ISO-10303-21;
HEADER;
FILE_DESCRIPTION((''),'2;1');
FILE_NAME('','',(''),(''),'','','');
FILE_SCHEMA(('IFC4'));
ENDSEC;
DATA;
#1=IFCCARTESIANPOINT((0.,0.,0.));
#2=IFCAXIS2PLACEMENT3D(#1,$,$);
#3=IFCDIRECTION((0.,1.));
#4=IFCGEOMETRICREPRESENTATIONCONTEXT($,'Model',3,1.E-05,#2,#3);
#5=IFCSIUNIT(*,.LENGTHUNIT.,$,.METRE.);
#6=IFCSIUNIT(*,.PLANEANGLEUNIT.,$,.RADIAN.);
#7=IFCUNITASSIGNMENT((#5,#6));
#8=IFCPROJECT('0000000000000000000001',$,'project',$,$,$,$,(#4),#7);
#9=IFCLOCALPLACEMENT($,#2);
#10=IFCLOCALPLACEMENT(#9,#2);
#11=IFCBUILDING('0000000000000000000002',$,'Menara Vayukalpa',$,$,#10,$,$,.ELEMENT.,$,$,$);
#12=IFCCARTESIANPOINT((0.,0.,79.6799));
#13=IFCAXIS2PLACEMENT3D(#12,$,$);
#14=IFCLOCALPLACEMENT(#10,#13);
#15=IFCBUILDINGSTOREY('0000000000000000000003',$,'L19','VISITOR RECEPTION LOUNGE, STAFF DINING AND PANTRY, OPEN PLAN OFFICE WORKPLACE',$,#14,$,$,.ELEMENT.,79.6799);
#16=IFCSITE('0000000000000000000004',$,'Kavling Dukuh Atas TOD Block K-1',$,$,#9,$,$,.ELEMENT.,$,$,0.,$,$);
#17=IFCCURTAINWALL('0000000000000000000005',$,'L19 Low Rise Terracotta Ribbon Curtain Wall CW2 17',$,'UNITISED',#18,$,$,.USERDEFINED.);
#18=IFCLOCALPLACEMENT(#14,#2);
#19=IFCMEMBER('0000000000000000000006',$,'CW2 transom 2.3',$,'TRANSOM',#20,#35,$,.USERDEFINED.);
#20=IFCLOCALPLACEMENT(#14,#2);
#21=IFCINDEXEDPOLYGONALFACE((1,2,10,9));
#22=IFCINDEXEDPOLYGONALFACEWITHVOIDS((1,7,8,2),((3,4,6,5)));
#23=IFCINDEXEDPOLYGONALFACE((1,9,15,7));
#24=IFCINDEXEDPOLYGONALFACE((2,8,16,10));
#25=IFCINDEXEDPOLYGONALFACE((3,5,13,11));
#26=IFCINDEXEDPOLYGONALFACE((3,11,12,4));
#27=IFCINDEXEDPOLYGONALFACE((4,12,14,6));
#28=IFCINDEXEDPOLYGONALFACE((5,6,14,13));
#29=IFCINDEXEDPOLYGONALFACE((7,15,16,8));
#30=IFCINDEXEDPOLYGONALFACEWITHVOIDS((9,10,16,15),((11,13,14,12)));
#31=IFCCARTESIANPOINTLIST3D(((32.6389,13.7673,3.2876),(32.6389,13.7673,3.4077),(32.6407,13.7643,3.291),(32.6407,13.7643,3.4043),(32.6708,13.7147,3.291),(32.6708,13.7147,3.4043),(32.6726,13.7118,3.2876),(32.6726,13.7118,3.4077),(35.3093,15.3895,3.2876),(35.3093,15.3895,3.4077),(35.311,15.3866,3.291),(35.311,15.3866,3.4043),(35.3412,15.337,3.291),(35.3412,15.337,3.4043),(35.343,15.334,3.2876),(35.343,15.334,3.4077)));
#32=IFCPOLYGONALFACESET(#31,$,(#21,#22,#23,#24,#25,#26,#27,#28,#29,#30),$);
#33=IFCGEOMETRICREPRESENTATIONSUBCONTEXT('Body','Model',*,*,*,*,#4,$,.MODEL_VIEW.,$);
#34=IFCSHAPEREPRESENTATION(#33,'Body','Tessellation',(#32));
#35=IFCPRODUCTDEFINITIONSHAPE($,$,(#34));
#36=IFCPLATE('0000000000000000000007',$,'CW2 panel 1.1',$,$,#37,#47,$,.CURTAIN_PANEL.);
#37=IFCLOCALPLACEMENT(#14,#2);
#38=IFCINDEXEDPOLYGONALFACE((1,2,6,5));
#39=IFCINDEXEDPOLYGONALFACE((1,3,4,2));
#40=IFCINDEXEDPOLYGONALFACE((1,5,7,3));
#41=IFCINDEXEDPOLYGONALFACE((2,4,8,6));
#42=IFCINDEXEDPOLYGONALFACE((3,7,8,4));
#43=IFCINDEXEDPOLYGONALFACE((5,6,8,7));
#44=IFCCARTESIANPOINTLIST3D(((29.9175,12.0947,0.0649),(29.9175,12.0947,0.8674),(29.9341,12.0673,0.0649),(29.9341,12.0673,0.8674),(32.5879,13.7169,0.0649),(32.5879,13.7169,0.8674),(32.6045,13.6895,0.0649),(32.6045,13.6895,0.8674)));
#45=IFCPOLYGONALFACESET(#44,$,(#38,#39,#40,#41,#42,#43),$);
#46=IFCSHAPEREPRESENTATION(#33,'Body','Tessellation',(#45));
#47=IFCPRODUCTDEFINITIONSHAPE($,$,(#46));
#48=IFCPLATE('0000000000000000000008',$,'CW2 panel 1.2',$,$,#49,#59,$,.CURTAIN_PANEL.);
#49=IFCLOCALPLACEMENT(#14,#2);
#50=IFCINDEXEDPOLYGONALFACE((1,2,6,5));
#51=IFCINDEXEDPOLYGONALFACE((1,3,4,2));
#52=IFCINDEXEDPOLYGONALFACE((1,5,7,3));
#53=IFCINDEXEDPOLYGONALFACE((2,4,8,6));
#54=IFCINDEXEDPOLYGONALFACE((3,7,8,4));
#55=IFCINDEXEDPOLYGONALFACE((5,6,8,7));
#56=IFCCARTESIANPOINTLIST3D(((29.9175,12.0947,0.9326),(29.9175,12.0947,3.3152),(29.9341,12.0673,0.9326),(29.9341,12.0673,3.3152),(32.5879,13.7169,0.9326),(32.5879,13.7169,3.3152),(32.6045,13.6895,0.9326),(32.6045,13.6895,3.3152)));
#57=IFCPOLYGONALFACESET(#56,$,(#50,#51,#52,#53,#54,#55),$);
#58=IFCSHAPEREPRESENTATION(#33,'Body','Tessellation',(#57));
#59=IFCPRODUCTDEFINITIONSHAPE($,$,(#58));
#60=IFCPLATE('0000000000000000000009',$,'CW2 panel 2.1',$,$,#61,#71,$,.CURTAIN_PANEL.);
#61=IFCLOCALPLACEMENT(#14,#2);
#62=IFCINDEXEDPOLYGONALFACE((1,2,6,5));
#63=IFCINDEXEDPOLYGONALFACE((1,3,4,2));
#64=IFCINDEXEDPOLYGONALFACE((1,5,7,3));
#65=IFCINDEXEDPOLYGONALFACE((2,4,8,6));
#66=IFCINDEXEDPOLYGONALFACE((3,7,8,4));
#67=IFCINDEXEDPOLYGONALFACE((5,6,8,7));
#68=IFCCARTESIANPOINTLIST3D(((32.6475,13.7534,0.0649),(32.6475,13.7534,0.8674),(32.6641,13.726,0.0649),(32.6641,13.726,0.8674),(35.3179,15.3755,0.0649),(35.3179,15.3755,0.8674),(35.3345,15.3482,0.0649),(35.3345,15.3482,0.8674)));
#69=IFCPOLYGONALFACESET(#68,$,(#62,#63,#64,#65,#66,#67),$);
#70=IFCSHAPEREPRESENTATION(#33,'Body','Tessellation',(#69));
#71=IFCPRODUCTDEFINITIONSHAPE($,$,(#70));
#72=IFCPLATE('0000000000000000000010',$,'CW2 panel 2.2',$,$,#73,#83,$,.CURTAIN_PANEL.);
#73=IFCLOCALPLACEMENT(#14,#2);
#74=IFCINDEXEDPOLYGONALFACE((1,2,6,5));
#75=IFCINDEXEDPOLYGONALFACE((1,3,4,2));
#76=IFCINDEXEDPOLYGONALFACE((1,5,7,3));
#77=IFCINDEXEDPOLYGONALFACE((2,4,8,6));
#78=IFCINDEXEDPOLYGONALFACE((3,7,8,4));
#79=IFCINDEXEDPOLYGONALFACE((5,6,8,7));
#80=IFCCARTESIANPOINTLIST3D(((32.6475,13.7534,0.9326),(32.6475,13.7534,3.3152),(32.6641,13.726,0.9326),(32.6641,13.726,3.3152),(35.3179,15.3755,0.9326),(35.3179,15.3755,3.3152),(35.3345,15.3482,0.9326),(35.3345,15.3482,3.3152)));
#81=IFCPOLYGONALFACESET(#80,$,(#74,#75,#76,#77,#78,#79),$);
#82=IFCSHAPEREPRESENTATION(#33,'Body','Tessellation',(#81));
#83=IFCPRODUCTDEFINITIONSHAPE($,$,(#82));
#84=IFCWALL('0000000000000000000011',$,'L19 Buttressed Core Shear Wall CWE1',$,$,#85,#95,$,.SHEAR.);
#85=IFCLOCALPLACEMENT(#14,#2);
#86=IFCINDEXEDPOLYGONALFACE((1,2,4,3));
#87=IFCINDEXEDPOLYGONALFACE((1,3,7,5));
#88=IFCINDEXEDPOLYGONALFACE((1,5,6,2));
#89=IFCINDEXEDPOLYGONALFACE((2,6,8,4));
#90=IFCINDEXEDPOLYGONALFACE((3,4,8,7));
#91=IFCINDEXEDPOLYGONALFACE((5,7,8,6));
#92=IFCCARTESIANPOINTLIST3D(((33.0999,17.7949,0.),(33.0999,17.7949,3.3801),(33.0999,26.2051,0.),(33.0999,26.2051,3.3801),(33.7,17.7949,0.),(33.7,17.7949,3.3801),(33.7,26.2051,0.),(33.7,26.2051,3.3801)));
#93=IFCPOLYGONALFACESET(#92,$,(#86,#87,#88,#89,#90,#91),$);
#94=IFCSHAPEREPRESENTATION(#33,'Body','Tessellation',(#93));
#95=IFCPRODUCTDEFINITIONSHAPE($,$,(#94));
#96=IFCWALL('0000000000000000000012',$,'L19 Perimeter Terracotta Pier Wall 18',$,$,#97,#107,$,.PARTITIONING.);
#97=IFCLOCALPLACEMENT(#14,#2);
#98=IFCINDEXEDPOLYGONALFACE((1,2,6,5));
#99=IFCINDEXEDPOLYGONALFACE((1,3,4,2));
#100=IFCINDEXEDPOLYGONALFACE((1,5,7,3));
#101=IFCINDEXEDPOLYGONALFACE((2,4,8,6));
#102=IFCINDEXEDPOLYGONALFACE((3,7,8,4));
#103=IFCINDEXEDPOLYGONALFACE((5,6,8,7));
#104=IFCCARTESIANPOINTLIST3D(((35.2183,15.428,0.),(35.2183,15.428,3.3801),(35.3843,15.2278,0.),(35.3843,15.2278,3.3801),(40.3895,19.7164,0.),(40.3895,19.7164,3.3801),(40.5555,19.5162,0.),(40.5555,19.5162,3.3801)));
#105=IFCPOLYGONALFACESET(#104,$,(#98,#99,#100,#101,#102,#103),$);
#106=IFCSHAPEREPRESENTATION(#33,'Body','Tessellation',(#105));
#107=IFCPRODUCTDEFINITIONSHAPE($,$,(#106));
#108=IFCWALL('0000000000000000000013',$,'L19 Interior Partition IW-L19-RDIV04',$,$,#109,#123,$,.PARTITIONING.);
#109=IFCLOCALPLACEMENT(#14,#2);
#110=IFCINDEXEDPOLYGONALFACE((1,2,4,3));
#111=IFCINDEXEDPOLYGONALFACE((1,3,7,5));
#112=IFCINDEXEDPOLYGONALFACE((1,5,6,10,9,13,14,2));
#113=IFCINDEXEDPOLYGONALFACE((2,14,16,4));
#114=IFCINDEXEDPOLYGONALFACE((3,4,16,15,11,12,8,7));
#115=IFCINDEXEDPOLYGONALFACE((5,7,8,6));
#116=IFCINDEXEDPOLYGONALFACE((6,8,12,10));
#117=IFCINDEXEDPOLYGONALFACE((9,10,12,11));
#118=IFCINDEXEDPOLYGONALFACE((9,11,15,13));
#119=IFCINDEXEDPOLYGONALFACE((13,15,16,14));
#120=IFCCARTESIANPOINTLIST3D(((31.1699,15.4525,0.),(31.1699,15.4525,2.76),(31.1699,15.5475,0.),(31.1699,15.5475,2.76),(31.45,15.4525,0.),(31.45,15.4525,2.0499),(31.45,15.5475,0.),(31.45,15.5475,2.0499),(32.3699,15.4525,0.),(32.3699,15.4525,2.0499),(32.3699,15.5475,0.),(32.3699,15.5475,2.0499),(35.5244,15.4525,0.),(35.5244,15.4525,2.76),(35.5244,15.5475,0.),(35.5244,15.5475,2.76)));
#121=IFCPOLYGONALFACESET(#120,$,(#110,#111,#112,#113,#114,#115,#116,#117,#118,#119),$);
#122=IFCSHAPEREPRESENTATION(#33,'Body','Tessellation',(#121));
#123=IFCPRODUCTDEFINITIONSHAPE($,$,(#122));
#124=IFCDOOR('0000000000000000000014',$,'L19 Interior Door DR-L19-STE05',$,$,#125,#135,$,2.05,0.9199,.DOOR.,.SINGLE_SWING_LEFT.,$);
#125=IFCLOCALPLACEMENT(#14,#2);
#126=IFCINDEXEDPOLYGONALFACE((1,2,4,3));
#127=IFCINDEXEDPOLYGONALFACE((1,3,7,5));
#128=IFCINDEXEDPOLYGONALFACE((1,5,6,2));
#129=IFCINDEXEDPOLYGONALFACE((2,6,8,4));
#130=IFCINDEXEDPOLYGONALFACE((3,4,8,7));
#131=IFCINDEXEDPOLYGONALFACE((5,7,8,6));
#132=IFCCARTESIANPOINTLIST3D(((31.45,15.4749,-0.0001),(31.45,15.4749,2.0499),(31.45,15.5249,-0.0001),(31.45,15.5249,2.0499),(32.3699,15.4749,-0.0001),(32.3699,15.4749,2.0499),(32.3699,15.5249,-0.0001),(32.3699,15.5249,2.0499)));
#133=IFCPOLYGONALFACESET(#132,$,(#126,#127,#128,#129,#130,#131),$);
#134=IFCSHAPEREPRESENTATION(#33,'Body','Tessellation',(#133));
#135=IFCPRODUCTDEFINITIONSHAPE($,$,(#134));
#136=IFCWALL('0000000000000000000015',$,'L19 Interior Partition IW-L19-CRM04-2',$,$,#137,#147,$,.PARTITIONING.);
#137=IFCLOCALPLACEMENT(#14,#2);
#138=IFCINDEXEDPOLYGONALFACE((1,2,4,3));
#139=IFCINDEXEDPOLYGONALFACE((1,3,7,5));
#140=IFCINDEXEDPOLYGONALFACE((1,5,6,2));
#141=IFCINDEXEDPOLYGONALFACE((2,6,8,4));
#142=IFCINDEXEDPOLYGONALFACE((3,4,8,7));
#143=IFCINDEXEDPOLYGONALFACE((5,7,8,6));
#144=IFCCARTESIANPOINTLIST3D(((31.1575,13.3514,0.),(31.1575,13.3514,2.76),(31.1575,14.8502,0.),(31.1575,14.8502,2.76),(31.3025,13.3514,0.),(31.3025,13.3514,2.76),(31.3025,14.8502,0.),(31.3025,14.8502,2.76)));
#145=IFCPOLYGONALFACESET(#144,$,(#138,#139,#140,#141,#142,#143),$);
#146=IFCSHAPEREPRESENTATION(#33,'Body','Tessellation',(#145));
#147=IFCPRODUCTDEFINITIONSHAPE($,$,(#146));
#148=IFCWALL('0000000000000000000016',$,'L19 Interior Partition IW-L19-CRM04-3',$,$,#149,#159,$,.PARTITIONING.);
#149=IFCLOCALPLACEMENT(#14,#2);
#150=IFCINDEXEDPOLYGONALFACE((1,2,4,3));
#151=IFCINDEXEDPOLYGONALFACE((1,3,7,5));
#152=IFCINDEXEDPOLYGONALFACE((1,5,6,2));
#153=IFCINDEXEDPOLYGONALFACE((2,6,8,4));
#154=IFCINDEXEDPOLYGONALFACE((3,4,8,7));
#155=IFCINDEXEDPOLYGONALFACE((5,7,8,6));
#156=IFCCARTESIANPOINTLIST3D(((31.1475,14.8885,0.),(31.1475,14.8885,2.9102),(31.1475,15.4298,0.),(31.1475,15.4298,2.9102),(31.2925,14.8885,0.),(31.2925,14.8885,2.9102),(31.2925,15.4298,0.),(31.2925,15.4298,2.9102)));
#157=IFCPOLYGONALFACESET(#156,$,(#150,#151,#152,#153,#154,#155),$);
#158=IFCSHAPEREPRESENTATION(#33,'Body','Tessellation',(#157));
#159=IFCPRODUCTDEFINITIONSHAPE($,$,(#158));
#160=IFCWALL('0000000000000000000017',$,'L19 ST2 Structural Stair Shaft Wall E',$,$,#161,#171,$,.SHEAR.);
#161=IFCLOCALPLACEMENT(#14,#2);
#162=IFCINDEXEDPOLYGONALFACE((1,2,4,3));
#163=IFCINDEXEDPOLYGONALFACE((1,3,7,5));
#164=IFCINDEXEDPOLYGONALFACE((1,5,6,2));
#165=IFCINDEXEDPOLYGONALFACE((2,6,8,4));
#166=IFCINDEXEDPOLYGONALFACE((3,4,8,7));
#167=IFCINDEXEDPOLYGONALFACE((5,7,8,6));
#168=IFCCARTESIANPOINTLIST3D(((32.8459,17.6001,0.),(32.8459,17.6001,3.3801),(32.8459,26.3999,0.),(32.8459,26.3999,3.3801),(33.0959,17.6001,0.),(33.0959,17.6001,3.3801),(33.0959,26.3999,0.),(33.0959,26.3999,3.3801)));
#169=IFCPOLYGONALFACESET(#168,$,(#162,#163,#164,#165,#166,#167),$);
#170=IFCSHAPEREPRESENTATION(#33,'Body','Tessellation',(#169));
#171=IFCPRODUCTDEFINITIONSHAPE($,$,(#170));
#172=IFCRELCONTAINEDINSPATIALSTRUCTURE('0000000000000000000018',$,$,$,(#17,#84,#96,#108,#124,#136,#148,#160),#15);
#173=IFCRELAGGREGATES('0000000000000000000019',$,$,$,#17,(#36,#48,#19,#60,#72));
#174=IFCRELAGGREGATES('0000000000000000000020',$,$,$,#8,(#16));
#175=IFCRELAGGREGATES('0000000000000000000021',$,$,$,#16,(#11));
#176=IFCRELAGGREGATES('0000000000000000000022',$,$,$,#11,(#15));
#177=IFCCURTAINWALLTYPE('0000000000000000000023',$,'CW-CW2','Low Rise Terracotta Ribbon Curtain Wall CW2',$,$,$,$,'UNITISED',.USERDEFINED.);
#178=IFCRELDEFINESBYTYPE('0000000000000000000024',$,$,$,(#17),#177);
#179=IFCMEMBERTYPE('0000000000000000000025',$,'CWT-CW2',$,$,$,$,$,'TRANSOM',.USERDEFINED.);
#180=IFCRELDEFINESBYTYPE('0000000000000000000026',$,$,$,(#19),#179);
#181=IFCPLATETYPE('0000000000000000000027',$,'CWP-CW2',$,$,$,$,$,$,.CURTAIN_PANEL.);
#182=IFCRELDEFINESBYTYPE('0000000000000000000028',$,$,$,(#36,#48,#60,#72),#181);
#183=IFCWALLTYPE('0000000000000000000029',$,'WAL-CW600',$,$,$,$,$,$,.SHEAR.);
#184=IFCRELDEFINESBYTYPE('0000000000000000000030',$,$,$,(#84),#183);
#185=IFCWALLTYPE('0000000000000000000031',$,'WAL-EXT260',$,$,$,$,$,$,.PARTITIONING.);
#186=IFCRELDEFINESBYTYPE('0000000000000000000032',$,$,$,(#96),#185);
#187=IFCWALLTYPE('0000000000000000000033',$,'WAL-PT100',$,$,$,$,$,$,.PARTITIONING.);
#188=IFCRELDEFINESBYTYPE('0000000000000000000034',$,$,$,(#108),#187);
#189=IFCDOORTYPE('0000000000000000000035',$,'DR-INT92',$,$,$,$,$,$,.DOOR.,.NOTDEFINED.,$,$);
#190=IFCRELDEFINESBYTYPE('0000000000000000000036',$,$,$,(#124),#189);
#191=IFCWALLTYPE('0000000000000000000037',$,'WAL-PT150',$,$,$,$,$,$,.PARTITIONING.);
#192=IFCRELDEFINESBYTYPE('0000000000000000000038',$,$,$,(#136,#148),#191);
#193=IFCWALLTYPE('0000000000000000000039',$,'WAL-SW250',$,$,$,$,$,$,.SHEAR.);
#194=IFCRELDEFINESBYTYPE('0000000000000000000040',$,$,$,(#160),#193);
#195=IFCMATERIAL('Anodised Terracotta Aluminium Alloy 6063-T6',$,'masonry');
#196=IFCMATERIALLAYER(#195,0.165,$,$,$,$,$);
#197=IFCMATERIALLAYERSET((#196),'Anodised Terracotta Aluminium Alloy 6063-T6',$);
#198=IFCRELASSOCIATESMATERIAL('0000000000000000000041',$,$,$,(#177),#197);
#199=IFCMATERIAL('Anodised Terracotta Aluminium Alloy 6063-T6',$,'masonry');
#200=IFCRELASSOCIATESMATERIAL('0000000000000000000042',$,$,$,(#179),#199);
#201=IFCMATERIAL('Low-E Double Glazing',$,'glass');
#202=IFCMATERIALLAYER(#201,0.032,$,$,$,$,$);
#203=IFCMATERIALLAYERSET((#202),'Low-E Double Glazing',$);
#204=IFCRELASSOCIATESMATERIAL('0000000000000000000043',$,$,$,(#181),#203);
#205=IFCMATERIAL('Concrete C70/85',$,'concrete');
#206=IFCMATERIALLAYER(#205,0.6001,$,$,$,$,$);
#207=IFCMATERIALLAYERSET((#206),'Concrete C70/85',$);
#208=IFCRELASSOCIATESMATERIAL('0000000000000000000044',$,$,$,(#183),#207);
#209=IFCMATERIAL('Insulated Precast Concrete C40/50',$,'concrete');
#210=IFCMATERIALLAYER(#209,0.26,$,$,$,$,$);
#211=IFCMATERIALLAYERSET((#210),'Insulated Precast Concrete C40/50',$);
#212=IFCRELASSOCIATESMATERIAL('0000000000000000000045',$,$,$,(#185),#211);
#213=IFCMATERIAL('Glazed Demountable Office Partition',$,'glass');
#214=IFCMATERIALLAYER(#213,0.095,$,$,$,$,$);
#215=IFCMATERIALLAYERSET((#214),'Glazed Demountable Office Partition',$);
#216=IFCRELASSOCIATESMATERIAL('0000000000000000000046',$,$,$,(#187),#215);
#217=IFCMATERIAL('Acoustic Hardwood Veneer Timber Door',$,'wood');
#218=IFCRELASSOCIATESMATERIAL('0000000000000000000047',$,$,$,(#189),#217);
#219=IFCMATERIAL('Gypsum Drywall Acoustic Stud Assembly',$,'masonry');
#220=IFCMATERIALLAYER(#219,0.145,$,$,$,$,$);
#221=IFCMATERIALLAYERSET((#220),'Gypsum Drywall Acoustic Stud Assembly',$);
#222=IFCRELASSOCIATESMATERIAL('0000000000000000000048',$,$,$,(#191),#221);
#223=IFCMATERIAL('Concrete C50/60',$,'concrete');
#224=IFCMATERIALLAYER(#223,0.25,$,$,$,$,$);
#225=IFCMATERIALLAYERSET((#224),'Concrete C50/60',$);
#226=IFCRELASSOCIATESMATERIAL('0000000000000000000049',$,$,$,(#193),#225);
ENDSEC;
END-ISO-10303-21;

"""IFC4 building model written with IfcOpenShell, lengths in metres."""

from ifc_helpers import new_model, si_unit, direction, frame, frame_2d, origin, origin_2d, place, context, subcontext, project, spatial, rectangle, hollow_rectangle, extrude, material, layer, layer_set, material_profile, profile_set, type_object, element, fill, aggregate, save


model = new_model("IFC4")

# Units and contexts
model_context = context("Model", 3, precision=1e-05, world=origin(), true_north=direction((0.0, 1.0)))
body_context = subcontext(model_context, "Body", "Model", "MODEL_VIEW")
ifc_project = project(units=[si_unit("LENGTHUNIT", "METRE"), si_unit("PLANEANGLEUNIT", "RADIAN")], contexts=[model_context])

# Site, building, storey
site_placement = place(None, origin())
site = spatial("IfcSite", under=ifc_project, at=site_placement, Name="Kavling Dukuh Atas TOD Block K-1", CompositionType="ELEMENT", RefElevation=0.0)
building_placement = place(site_placement, origin())
building = spatial("IfcBuilding", under=site, at=building_placement, Name="Menara Vayukalpa", CompositionType="ELEMENT")
storey_placement = place(building_placement, frame((0.0, 0.0, 79.6799)))
storey = spatial("IfcBuildingStorey", under=building, at=storey_placement, Name="L19", Description="VISITOR RECEPTION LOUNGE, STAFF DINING AND PANTRY, OPEN PLAN OFFICE WORKPLACE", CompositionType="ELEMENT", Elevation=79.6799)

# Curtain wall, member, plates
ifc_material_1 = material(Name="Anodised Terracotta Aluminium Alloy 6063-T6", Category="masonry")
ifc_layer_1 = layer(ifc_material_1, 0.165)
ifc_layer_set_1 = layer_set([ifc_layer_1], Name="Anodised Terracotta Aluminium Alloy 6063-T6")
curtain_wall_type = type_object("IfcCurtainWallType", Name="CW-CW2", Description="Low Rise Terracotta Ribbon Curtain Wall CW2", ElementType="UNITISED", PredefinedType="USERDEFINED", material=ifc_layer_set_1)
curtain_wall_placement = place(storey_placement, origin())
curtain_wall = element("IfcCurtainWall", 1, at=curtain_wall_placement, inside=storey, type_object=curtain_wall_type, Name="L19 Low Rise Terracotta Ribbon Curtain Wall CW2 17", ObjectType="UNITISED", PredefinedType="USERDEFINED")
ifc_material_2 = material(Name="Anodised Terracotta Aluminium Alloy 6063-T6", Category="masonry")
ifc_material_profile_1 = material_profile(ifc_material_2, hollow_rectangle(XDim=0.0649, YDim=0.1201, WallThickness=0.0034, at=origin_2d()), Name="ALU 65x120x3.5")
ifc_profile_set_1 = profile_set([ifc_material_profile_1], Name="Anodised Terracotta Aluminium Alloy 6063-T6")
member_type_1 = type_object("IfcMemberType", Name="CWT-CW2", ElementType="TRANSOM", PredefinedType="USERDEFINED", material=ifc_profile_set_1)
member_1_placement = place(storey_placement, frame((32.6558, 13.7395, 3.3477), z_axis=(0.854646, 0.519211, 0.0), x_axis=(-0.519211, 0.854646, 0.0)))
member_1 = element("IfcMember", 2, at=member_1_placement, type_object=member_type_1, Name="CW2 transom 2.3", ObjectType="TRANSOM", PredefinedType="USERDEFINED", context=body_context, shape_type="SweptSolid", body=[
    extrude(hollow_rectangle(XDim=0.0649, YDim=0.1201, WallThickness=0.0034, at=origin_2d()), origin(), (0.0, 0.0, 1.0), 3.1245),
])
ifc_material_3 = material(Name="Low-E Double Glazing", Category="glass")
ifc_layer_2 = layer(ifc_material_3, 0.032)
ifc_layer_set_2 = layer_set([ifc_layer_2], Name="Low-E Double Glazing")
plate_type = type_object("IfcPlateType", Name="CWP-CW2", PredefinedType="CURTAIN_PANEL", material=ifc_layer_set_2)
plate_1_placement = place(storey_placement, frame((31.261, 12.8921, 0.0649), z_axis=(0.0, 0.0, 1.0), x_axis=(0.854663, 0.519183, 0.0)))
plate_1 = element("IfcPlate", 3, at=plate_1_placement, type_object=plate_type, Name="CW2 panel 1.1", PredefinedType="CURTAIN_PANEL", context=body_context, shape_type="SweptSolid", body=[
    extrude(rectangle(XDim=3.1245, YDim=0.032, at=origin_2d()), origin(), (0.0, 0.0, 1.0), 0.8025),
])
plate_2_placement = place(storey_placement, frame((31.261, 12.8921, 0.9326), z_axis=(0.0, 0.0, 1.0), x_axis=(0.854663, 0.519183, 0.0)))
plate_2 = element("IfcPlate", 4, at=plate_2_placement, type_object=plate_type, Name="CW2 panel 1.2", PredefinedType="CURTAIN_PANEL", context=body_context, shape_type="SweptSolid", body=[
    extrude(rectangle(XDim=3.1245, YDim=0.032, at=origin_2d()), origin(), (0.0, 0.0, 1.0), 2.3826),
])
plate_3_placement = place(storey_placement, frame((33.991, 14.5508, 0.0649), z_axis=(0.0, 0.0, 1.0), x_axis=(0.854663, 0.519183, 0.0)))
plate_3 = element("IfcPlate", 5, at=plate_3_placement, type_object=plate_type, Name="CW2 panel 2.1", PredefinedType="CURTAIN_PANEL", context=body_context, shape_type="SweptSolid", body=[
    extrude(rectangle(XDim=3.1245, YDim=0.032, at=origin_2d()), origin(), (0.0, 0.0, 1.0), 0.8025),
])
plate_4_placement = place(storey_placement, frame((33.991, 14.5508, 0.9326), z_axis=(0.0, 0.0, 1.0), x_axis=(0.854663, 0.519183, 0.0)))
plate_4 = element("IfcPlate", 6, at=plate_4_placement, type_object=plate_type, Name="CW2 panel 2.2", PredefinedType="CURTAIN_PANEL", context=body_context, shape_type="SweptSolid", body=[
    extrude(rectangle(XDim=3.1245, YDim=0.032, at=origin_2d()), origin(), (0.0, 0.0, 1.0), 2.3826),
])
aggregate(curtain_wall, [plate_1, plate_2, member_1, plate_3, plate_4])

# Walls
ifc_material_4 = material(Name="Concrete C70/85", Category="concrete")
ifc_layer_3 = layer(ifc_material_4, 0.6001)
ifc_layer_set_3 = layer_set([ifc_layer_3], Name="Concrete C70/85")
wall_type_1 = type_object("IfcWallType", Name="WAL-CW600", PredefinedType="SHEAR", material=ifc_layer_set_3)
wall_1_placement = place(storey_placement, frame((33.3999, 17.7949, 0.0), z_axis=(0.0, 0.0, 1.0), x_axis=(0.0, 1.0, 0.0)))
element("IfcWall", 7, at=wall_1_placement, inside=storey, type_object=wall_type_1, Name="L19 Buttressed Core Shear Wall CWE1", PredefinedType="SHEAR", context=body_context, shape_type="SweptSolid", body=[
    extrude(rectangle(XDim=8.4102, YDim=0.6001, at=frame_2d((4.2051, 0.0))), origin(), (0.0, 0.0, 1.0), 3.3801),
])
ifc_material_5 = material(Name="Insulated Precast Concrete C40/50", Category="concrete")
ifc_layer_4 = layer(ifc_material_5, 0.26)
ifc_layer_set_4 = layer_set([ifc_layer_4], Name="Insulated Precast Concrete C40/50")
wall_type_2 = type_object("IfcWallType", Name="WAL-EXT260", PredefinedType="PARTITIONING", material=ifc_layer_set_4)
wall_2_placement = place(storey_placement, frame((40.4724, 19.6162, 0.0), z_axis=(0.0, 0.0, 1.0), x_axis=(-0.769753, -0.638342, 0.0)))
element("IfcWall", 8, at=wall_2_placement, inside=storey, type_object=wall_type_2, Name="L19 Perimeter Terracotta Pier Wall 18", PredefinedType="PARTITIONING", context=body_context, shape_type="SweptSolid", body=[
    extrude(rectangle(XDim=6.718, YDim=0.26, at=frame_2d((3.3589, 0.0))), origin(), (0.0, 0.0, 1.0), 3.3801),
])

# Wall, opening, door
ifc_material_6 = material(Name="Glazed Demountable Office Partition", Category="glass")
ifc_layer_5 = layer(ifc_material_6, 0.095)
ifc_layer_set_5 = layer_set([ifc_layer_5], Name="Glazed Demountable Office Partition")
wall_type_3 = type_object("IfcWallType", Name="WAL-PT100", PredefinedType="PARTITIONING", material=ifc_layer_set_5)
wall_3_placement = place(storey_placement, frame((31.1699, 15.5, 0.0), z_axis=(0.0, 0.0, 1.0), x_axis=(1.0, 0.0, 0.0)))
wall_3 = element("IfcWall", 9, at=wall_3_placement, inside=storey, type_object=wall_type_3, Name="L19 Interior Partition IW-L19-RDIV04", PredefinedType="PARTITIONING", context=body_context, shape_type="SweptSolid", body=[
    extrude(rectangle(XDim=4.3545, YDim=0.095, at=frame_2d((2.1772, 0.0))), origin(), (0.0, 0.0, 1.0), 2.76),
])
opening_placement = place(wall_3_placement, frame((0.28, 0.0, 0.0)))
opening = element("IfcOpeningElement", 10, at=opening_placement, cuts=wall_3, PredefinedType="OPENING", context=body_context, shape_type="SweptSolid", body=[
    extrude(rectangle(XDim=0.9199, YDim=2.05, at=frame_2d((0.46, 1.0249))), frame((0.0, 0.0574, 0.0), z_axis=(0.0, -1.0, 0.0), x_axis=(1.0, 0.0, 0.0)), (0.0, 0.0, 1.0), 0.115),
])
ifc_material_7 = material(Name="Acoustic Hardwood Veneer Timber Door", Category="wood")
door_type = type_object("IfcDoorType", Name="DR-INT92", OperationType="NOTDEFINED", PredefinedType="DOOR", material=ifc_material_7)
door_placement = place(opening_placement, origin())
door = element("IfcDoor", 11, at=door_placement, inside=storey, type_object=door_type, Name="L19 Interior Door DR-L19-STE05", OperationType="SINGLE_SWING_LEFT", OverallHeight=2.05, OverallWidth=0.9199, PredefinedType="DOOR", context=body_context, shape_type="SweptSolid", body=[
    extrude(rectangle(XDim=0.9199, YDim=2.05, at=frame_2d((0.46, 1.0249))), frame((0.0, 0.0249, 0.0), z_axis=(0.0, -1.0, 0.0), x_axis=(1.0, 0.0, 0.0)), (0.0, 0.0, 1.0), 0.05),
])
fill(opening, door)

# Walls
ifc_material_8 = material(Name="Gypsum Drywall Acoustic Stud Assembly", Category="masonry")
ifc_layer_6 = layer(ifc_material_8, 0.145)
ifc_layer_set_6 = layer_set([ifc_layer_6], Name="Gypsum Drywall Acoustic Stud Assembly")
wall_type_4 = type_object("IfcWallType", Name="WAL-PT150", PredefinedType="PARTITIONING", material=ifc_layer_set_6)
wall_4_placement = place(storey_placement, frame((31.23, 13.3513, 0.0), z_axis=(0.0, 0.0, 1.0), x_axis=(0.0, 1.0, 0.0)))
element("IfcWall", 12, at=wall_4_placement, inside=storey, type_object=wall_type_4, Name="L19 Interior Partition IW-L19-CRM04-2", PredefinedType="PARTITIONING", context=body_context, shape_type="SweptSolid", body=[
    extrude(rectangle(XDim=1.4988, YDim=0.145, at=frame_2d((0.7495, 0.0))), origin(), (0.0, 0.0, 1.0), 2.76),
])
wall_5_placement = place(storey_placement, frame((31.22, 14.8887, 0.0), z_axis=(0.0, 0.0, 1.0), x_axis=(0.0, 1.0, 0.0)))
element("IfcWall", 13, at=wall_5_placement, inside=storey, type_object=wall_type_4, Name="L19 Interior Partition IW-L19-CRM04-3", PredefinedType="PARTITIONING", context=body_context, shape_type="SweptSolid", body=[
    extrude(rectangle(XDim=0.5413, YDim=0.145, at=frame_2d((0.2705, 0.0))), origin(), (0.0, 0.0, 1.0), 2.9102),
])
ifc_material_9 = material(Name="Concrete C50/60", Category="concrete")
ifc_layer_7 = layer(ifc_material_9, 0.25)
ifc_layer_set_7 = layer_set([ifc_layer_7], Name="Concrete C50/60")
wall_type_5 = type_object("IfcWallType", Name="WAL-SW250", PredefinedType="SHEAR", material=ifc_layer_set_7)
wall_6_placement = place(storey_placement, frame((32.9709, 17.6001, 0.0), z_axis=(0.0, 0.0, 1.0), x_axis=(0.0, 1.0, 0.0)))
element("IfcWall", 14, at=wall_6_placement, inside=storey, type_object=wall_type_5, Name="L19 ST2 Structural Stair Shaft Wall E", PredefinedType="SHEAR", context=body_context, shape_type="SweptSolid", body=[
    extrude(rectangle(XDim=8.7998, YDim=0.25, at=frame_2d((4.3999, 0.0))), origin(), (0.0, 0.0, 1.0), 3.3801),
])

save(model, "model.ifc")
